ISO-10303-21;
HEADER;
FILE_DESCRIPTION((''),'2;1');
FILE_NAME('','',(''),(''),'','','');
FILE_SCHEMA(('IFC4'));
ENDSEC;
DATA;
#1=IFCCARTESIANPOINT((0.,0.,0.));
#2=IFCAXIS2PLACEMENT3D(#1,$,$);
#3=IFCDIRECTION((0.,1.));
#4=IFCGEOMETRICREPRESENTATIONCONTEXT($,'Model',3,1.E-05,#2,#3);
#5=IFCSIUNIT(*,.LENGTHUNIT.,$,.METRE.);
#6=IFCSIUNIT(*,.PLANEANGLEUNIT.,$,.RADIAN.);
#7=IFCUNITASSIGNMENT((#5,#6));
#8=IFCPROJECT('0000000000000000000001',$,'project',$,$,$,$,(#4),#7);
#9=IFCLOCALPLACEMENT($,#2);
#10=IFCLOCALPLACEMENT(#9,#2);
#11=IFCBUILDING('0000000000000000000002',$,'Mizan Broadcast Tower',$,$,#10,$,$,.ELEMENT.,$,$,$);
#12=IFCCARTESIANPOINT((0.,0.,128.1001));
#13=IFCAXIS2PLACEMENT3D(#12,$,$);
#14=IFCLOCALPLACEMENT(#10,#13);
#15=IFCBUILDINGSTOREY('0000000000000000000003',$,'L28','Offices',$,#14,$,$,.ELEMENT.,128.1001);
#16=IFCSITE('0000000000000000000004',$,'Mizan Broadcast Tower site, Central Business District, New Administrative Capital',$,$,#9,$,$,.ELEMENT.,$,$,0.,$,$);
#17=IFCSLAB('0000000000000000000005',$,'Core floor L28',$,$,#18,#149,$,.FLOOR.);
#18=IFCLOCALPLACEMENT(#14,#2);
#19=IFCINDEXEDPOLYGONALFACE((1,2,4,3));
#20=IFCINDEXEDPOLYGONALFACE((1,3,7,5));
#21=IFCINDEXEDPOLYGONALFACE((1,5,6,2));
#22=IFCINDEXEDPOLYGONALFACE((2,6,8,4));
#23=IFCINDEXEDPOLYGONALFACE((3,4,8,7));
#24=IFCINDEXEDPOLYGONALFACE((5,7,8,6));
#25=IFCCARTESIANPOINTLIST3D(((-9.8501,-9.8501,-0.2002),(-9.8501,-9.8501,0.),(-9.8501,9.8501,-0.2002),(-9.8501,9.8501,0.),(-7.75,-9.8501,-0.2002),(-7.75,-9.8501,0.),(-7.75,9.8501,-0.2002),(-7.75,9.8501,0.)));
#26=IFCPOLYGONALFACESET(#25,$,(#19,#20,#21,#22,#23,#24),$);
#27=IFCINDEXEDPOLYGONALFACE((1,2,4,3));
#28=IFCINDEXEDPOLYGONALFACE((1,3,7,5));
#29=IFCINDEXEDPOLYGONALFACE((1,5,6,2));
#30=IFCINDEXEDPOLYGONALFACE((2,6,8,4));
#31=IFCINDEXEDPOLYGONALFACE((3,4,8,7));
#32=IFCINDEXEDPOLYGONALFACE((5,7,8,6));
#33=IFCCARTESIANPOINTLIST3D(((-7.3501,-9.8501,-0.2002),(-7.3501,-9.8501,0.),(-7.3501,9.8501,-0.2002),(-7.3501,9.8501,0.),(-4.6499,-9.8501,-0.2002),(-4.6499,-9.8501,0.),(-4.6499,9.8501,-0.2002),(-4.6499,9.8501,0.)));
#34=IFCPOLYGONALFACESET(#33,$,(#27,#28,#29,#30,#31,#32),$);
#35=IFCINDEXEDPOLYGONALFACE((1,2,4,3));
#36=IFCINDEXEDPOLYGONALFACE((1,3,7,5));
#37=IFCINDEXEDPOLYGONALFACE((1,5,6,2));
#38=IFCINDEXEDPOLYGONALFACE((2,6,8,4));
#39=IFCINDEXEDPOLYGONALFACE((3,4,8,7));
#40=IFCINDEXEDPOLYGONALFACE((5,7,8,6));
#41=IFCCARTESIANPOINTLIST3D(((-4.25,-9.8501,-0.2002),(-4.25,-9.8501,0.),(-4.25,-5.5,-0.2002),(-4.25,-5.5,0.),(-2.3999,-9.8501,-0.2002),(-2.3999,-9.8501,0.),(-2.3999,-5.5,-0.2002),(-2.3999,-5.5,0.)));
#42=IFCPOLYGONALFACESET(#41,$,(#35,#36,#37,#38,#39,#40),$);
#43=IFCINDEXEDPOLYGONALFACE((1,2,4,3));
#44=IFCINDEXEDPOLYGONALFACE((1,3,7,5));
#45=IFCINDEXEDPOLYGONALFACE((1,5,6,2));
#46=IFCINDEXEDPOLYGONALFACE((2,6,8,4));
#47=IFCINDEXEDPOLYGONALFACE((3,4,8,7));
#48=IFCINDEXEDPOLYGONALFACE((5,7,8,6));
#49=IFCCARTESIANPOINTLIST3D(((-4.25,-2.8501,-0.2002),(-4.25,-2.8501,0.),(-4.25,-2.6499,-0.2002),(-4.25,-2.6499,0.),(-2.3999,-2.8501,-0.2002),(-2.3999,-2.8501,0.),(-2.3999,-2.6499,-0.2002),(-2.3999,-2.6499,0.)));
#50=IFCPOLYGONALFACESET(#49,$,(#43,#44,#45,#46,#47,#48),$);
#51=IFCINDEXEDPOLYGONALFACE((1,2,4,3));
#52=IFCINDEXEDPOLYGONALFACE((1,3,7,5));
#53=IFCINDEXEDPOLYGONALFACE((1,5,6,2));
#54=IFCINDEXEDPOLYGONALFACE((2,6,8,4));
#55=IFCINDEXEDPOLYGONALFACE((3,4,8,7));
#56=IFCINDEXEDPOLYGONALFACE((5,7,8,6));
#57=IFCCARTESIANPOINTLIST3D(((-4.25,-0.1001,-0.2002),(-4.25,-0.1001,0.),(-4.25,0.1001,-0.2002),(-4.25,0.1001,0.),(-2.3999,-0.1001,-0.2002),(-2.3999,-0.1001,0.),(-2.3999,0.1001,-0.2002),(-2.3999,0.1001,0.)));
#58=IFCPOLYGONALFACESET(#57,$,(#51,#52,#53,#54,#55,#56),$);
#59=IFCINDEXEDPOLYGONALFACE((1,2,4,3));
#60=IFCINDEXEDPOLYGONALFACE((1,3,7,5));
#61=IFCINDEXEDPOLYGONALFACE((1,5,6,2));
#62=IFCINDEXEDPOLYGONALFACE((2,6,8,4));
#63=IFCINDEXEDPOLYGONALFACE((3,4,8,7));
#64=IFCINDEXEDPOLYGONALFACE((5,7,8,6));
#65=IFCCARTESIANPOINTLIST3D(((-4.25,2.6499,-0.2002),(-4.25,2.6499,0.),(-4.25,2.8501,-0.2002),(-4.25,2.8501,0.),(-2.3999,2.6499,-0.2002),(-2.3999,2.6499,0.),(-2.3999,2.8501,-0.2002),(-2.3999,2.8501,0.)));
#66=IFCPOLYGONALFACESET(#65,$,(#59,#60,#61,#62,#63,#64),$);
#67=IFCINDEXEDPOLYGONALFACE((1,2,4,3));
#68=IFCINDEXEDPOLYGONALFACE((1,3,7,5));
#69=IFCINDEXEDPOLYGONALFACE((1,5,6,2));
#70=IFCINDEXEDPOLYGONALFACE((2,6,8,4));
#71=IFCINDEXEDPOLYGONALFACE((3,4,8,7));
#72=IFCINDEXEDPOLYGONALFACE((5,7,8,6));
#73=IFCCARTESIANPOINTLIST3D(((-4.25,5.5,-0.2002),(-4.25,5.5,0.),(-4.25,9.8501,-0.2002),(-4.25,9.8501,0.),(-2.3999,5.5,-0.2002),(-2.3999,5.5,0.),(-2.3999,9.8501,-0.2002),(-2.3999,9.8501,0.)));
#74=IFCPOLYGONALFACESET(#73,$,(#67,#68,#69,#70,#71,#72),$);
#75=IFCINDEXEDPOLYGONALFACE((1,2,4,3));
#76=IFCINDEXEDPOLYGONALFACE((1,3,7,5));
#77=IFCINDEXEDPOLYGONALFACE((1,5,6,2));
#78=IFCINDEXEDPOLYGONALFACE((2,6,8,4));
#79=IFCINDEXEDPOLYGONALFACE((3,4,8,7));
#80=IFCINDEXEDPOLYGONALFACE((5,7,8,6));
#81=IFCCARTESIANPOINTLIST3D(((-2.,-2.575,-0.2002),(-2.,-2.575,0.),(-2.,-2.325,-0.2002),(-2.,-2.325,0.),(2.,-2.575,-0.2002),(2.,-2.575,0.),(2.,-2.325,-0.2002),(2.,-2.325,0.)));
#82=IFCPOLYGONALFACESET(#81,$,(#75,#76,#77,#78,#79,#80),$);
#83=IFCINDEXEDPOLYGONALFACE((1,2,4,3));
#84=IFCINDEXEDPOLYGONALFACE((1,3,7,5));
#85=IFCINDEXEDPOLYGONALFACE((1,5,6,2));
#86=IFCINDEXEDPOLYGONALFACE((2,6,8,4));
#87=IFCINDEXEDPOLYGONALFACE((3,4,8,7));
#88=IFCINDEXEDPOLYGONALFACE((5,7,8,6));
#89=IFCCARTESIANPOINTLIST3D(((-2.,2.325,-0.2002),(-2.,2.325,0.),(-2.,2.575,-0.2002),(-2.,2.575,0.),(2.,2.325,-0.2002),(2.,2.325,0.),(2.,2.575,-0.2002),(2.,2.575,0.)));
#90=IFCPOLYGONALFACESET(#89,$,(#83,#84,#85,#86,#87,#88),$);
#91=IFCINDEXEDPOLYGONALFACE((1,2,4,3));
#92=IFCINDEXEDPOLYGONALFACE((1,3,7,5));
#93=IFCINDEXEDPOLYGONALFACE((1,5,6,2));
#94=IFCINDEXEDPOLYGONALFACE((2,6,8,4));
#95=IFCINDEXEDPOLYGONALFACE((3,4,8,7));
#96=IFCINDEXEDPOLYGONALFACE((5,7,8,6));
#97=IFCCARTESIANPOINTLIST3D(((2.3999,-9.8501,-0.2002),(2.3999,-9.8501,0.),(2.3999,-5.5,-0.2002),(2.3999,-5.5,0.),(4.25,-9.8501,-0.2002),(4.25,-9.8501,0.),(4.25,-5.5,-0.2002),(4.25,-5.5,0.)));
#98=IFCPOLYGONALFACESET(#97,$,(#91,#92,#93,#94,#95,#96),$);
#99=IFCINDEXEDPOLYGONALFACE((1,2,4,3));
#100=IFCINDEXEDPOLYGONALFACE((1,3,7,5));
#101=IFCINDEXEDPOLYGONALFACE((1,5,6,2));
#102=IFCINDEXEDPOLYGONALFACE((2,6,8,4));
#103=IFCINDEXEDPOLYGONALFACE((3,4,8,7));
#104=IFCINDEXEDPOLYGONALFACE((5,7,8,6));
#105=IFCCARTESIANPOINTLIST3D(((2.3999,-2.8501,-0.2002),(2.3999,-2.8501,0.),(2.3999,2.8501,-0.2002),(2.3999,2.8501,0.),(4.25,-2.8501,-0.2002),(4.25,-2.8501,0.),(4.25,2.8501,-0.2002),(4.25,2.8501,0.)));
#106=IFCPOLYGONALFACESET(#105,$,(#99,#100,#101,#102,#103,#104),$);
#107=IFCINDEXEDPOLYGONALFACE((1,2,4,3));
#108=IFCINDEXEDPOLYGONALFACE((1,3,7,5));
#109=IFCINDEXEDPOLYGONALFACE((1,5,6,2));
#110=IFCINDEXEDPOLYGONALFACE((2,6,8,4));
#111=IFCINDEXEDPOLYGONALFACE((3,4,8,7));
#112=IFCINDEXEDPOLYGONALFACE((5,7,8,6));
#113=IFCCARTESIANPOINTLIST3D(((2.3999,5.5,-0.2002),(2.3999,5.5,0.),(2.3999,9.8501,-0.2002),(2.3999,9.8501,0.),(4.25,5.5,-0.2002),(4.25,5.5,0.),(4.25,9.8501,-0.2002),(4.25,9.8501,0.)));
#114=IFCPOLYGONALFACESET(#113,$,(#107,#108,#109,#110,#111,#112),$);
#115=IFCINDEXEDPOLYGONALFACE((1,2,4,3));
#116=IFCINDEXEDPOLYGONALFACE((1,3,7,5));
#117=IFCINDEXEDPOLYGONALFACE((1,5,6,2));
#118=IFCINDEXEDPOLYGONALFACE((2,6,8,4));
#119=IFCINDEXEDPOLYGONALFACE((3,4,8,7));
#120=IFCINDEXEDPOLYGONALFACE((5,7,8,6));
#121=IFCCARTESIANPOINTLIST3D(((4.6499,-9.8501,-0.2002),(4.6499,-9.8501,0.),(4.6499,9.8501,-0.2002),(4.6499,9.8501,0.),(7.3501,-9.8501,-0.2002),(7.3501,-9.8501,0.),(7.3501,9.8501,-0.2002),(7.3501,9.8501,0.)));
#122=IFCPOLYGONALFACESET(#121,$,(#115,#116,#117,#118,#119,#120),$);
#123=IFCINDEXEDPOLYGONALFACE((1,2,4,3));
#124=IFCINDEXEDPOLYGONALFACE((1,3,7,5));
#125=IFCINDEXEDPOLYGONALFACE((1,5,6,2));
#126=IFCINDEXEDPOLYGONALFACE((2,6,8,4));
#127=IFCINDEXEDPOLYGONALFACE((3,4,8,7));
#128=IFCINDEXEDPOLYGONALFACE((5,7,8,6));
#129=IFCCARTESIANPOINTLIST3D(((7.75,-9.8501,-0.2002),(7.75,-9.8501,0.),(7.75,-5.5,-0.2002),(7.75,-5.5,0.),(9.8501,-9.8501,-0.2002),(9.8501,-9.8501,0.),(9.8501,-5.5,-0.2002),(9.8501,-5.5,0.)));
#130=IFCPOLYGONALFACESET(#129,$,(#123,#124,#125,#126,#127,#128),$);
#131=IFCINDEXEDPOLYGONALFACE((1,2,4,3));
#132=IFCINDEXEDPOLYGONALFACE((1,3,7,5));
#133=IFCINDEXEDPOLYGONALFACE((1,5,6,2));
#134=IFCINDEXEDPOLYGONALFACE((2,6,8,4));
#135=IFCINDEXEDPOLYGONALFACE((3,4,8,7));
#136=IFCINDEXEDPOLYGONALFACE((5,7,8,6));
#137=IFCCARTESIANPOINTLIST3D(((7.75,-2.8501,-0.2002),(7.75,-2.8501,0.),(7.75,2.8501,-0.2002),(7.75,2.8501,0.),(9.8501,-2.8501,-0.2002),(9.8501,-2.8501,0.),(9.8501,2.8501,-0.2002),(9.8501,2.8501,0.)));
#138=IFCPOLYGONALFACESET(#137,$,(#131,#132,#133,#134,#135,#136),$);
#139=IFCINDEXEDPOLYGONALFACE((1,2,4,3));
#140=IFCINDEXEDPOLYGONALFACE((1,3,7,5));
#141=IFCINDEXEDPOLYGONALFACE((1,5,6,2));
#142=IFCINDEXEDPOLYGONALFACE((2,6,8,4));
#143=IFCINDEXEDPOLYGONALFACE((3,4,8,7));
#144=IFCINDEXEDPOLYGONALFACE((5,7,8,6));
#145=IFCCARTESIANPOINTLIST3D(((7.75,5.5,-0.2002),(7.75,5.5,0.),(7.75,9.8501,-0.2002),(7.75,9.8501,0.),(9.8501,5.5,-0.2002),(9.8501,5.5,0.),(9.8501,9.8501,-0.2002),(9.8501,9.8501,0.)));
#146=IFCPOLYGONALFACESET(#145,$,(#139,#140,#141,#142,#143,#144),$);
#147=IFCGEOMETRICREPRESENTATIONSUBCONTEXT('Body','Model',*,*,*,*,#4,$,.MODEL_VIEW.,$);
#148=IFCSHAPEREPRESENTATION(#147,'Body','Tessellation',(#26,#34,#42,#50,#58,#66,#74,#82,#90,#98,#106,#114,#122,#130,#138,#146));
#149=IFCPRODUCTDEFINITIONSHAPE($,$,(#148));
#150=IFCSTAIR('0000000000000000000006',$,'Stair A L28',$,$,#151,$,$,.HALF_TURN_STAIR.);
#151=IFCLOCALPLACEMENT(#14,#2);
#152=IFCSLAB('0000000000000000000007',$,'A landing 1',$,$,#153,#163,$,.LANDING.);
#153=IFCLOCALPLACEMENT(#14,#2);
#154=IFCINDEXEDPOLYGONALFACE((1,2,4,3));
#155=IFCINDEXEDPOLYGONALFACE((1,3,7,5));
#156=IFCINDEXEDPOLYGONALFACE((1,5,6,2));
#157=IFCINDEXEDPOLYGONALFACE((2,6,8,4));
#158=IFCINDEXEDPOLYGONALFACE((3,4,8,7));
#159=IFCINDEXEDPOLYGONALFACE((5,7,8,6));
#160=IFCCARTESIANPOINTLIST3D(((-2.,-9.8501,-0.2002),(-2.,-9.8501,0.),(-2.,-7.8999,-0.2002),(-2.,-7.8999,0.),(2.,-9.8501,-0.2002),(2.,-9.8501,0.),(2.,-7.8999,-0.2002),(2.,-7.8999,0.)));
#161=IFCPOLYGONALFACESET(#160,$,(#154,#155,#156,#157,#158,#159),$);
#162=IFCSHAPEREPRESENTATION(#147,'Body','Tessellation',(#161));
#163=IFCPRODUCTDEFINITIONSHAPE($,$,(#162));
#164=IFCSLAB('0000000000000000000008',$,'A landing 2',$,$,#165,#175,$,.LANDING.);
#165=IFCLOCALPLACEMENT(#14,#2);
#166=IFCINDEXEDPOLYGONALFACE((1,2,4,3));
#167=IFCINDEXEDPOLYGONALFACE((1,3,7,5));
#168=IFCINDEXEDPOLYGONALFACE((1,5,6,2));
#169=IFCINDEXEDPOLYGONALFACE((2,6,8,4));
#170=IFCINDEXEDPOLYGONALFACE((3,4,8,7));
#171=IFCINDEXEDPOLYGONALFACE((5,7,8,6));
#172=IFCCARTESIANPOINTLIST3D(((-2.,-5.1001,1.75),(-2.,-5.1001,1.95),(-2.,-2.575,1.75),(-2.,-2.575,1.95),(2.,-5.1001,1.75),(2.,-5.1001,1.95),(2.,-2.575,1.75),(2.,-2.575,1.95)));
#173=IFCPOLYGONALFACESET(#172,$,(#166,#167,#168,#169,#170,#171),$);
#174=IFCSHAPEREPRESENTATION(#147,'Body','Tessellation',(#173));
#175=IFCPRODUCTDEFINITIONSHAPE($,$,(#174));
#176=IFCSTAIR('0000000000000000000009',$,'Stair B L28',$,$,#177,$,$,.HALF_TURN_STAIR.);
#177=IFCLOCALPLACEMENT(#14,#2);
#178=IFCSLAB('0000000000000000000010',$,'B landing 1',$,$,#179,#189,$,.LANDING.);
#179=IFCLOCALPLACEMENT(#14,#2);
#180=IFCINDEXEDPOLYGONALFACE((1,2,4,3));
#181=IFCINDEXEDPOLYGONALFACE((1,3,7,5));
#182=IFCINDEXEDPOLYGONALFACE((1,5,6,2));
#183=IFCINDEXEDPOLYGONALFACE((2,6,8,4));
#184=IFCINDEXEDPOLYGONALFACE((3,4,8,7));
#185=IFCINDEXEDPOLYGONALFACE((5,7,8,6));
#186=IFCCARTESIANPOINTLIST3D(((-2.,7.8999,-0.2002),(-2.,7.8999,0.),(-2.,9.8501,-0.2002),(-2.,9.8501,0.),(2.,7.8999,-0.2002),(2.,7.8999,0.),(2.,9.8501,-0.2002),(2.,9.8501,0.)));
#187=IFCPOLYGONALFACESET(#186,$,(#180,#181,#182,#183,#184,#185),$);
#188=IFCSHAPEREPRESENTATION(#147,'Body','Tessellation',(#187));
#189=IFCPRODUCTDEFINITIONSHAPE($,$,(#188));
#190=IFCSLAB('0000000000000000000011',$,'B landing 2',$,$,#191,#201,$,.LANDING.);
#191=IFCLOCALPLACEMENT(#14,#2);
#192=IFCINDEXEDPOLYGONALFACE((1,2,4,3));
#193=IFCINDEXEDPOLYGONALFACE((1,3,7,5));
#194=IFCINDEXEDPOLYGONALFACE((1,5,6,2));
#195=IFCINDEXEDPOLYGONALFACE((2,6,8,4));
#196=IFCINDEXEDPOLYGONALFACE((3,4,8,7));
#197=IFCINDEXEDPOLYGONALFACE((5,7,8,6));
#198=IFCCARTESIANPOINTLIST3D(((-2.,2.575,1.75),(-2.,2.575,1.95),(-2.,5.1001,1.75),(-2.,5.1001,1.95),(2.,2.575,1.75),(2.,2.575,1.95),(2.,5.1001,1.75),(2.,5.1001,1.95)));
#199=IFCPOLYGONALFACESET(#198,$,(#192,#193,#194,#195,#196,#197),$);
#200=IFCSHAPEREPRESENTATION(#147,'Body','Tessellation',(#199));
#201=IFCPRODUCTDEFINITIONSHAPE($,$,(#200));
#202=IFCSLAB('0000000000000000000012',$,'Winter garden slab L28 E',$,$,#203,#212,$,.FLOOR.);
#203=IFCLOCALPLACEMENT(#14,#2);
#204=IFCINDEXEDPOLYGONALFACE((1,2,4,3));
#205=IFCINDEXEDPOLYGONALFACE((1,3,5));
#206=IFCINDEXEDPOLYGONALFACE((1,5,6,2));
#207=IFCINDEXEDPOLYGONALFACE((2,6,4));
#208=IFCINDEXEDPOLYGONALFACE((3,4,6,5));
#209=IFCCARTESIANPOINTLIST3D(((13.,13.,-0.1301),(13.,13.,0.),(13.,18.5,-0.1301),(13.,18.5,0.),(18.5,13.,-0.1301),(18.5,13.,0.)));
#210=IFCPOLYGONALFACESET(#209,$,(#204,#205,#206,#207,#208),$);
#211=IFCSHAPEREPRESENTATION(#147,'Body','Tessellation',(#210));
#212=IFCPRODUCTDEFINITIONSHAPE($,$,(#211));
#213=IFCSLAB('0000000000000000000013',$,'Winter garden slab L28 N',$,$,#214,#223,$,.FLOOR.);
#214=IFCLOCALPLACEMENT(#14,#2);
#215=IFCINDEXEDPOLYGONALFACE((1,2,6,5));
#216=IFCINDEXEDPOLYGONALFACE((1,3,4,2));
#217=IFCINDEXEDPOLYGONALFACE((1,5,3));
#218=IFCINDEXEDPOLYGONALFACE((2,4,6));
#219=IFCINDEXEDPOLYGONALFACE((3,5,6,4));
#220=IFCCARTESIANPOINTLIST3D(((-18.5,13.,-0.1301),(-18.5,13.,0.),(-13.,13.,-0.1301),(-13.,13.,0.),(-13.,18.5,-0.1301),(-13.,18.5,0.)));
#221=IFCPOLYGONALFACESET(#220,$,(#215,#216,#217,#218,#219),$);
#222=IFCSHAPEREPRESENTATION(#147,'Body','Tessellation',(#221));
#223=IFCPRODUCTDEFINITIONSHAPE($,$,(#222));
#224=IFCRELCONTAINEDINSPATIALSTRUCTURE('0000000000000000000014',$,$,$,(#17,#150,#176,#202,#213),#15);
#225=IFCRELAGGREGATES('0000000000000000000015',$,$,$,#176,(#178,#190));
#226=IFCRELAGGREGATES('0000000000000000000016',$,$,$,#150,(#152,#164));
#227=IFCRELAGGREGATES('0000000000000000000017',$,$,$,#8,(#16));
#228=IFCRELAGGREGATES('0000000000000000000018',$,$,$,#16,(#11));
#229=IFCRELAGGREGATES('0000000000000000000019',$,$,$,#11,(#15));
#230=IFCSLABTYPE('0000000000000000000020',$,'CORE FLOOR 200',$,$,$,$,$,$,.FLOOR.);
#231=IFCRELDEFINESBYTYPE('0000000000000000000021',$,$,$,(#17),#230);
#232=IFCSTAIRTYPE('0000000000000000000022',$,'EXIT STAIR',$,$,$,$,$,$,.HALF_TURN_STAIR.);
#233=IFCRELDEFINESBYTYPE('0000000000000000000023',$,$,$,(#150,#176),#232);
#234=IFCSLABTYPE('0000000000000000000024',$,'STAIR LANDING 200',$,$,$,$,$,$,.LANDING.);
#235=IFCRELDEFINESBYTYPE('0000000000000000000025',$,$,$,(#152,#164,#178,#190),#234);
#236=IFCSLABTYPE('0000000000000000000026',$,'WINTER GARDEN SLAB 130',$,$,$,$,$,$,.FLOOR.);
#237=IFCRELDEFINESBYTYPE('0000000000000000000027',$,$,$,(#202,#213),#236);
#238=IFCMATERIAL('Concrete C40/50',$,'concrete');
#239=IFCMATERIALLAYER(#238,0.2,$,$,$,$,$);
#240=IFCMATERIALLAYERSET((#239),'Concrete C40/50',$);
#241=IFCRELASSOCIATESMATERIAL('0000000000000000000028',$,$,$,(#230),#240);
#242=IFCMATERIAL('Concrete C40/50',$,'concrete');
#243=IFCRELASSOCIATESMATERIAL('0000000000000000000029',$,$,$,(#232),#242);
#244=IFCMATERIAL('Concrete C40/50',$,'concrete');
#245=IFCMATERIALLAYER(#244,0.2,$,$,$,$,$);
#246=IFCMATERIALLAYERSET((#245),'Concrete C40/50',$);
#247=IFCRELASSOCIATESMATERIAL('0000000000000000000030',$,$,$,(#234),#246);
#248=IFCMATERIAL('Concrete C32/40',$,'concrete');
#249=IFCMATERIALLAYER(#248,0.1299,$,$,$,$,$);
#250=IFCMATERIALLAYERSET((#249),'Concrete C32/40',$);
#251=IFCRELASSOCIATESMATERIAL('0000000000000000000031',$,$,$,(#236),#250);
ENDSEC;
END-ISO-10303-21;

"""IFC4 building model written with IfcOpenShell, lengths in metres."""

from ifc_helpers import new_model, si_unit, direction, frame, origin, place, context, subcontext, project, spatial, polyline, outline, extrude, material, layer, layer_set, type_object, element, aggregate, save


model = new_model("IFC4")

# Units and contexts
model_context = context("Model", 3, precision=1e-05, world=origin(), true_north=direction((0.0, 1.0)))
body_context = subcontext(model_context, "Body", "Model", "MODEL_VIEW")
ifc_project = project(units=[si_unit("LENGTHUNIT", "METRE"), si_unit("PLANEANGLEUNIT", "RADIAN")], contexts=[model_context])

# Site, building, storey
site_placement = place(None, origin())
site = spatial("IfcSite", under=ifc_project, at=site_placement, Name="Mizan Broadcast Tower site, Central Business District, New Administrative Capital", CompositionType="ELEMENT", RefElevation=0.0)
building_placement = place(site_placement, origin())
building = spatial("IfcBuilding", under=site, at=building_placement, Name="Mizan Broadcast Tower", CompositionType="ELEMENT")
storey_placement = place(building_placement, frame((0.0, 0.0, 128.1001)))
storey = spatial("IfcBuildingStorey", under=building, at=storey_placement, Name="L28", Description="Offices", CompositionType="ELEMENT", Elevation=128.1001)

# Slab
ifc_material_1 = material(Name="Concrete C40/50", Category="concrete")
ifc_layer_1 = layer(ifc_material_1, 0.2)
ifc_layer_set_1 = layer_set([ifc_layer_1], Name="Concrete C40/50")
slab_type_1 = type_object("IfcSlabType", Name="CORE FLOOR 200", PredefinedType="FLOOR", material=ifc_layer_set_1)
slab_1_placement = place(storey_placement, frame((0.0, 0.0, -0.2002)))
element("IfcSlab", 1, at=slab_1_placement, inside=storey, type_object=slab_type_1, Name="Core floor L28", PredefinedType="FLOOR", context=body_context, shape_type="SweptSolid", body=[
    extrude(outline(polyline([(-9.8501, -9.8501), (-7.75, -9.8501), (-7.75, 9.8501), (-9.8501, 9.8501), (-9.8501, -9.8501)])), origin(), (0.0, 0.0, 1.0), 0.2002),
    extrude(outline(polyline([(-4.6499, 9.8501), (-7.3501, 9.8501), (-7.3501, -9.8501), (-4.6499, -9.8501), (-4.6499, 9.8501)])), origin(), (0.0, 0.0, 1.0), 0.2002),
    extrude(outline(polyline([(-4.25, -5.5), (-4.25, -9.8501), (-2.3999, -9.8501), (-2.3999, -5.5), (-4.25, -5.5)])), origin(), (0.0, 0.0, 1.0), 0.2002),
    extrude(outline(polyline([(-4.25, -2.8501), (-2.3999, -2.8501), (-2.3999, -2.6499), (-4.25, -2.6499), (-4.25, -2.8501)])), origin(), (0.0, 0.0, 1.0), 0.2002),
    extrude(outline(polyline([(-4.25, -0.1001), (-2.3999, -0.1001), (-2.3999, 0.1001), (-4.25, 0.1001), (-4.25, -0.1001)])), origin(), (0.0, 0.0, 1.0), 0.2002),
    extrude(outline(polyline([(-4.25, 2.6499), (-2.3999, 2.6499), (-2.3999, 2.8501), (-4.25, 2.8501), (-4.25, 2.6499)])), origin(), (0.0, 0.0, 1.0), 0.2002),
    extrude(outline(polyline([(-4.25, 5.5), (-2.3999, 5.5), (-2.3999, 9.8501), (-4.25, 9.8501), (-4.25, 5.5)])), origin(), (0.0, 0.0, 1.0), 0.2002),
    extrude(outline(polyline([(2.0, -2.325), (-2.0, -2.325), (-2.0, -2.575), (2.0, -2.575), (2.0, -2.325)])), origin(), (0.0, 0.0, 1.0), 0.2002),
    extrude(outline(polyline([(2.0, 2.575), (-2.0, 2.575), (-2.0, 2.325), (2.0, 2.325), (2.0, 2.575)])), origin(), (0.0, 0.0, 1.0), 0.2002),
    extrude(outline(polyline([(4.25, -9.8501), (4.25, -5.5), (2.3999, -5.5), (2.3999, -9.8501), (4.25, -9.8501)])), origin(), (0.0, 0.0, 1.0), 0.2002),
    extrude(outline(polyline([(4.25, -2.8501), (4.25, 2.8501), (2.3999, 2.8501), (2.3999, -2.8501), (4.25, -2.8501)])), origin(), (0.0, 0.0, 1.0), 0.2002),
    extrude(outline(polyline([(4.25, 5.5), (4.25, 9.8501), (2.3999, 9.8501), (2.3999, 5.5), (4.25, 5.5)])), origin(), (0.0, 0.0, 1.0), 0.2002),
    extrude(outline(polyline([(4.6499, 9.8501), (4.6499, -9.8501), (7.3501, -9.8501), (7.3501, 9.8501), (4.6499, 9.8501)])), origin(), (0.0, 0.0, 1.0), 0.2002),
    extrude(outline(polyline([(9.8501, -9.8501), (9.8501, -5.5), (7.75, -5.5), (7.75, -9.8501), (9.8501, -9.8501)])), origin(), (0.0, 0.0, 1.0), 0.2002),
    extrude(outline(polyline([(7.75, -2.8501), (9.8501, -2.8501), (9.8501, 2.8501), (7.75, 2.8501), (7.75, -2.8501)])), origin(), (0.0, 0.0, 1.0), 0.2002),
    extrude(outline(polyline([(9.8501, 5.5), (9.8501, 9.8501), (7.75, 9.8501), (7.75, 5.5), (9.8501, 5.5)])), origin(), (0.0, 0.0, 1.0), 0.2002),
])

# Stairs, slabs
ifc_material_2 = material(Name="Concrete C40/50", Category="concrete")
stair_type = type_object("IfcStairType", Name="EXIT STAIR", PredefinedType="HALF_TURN_STAIR", material=ifc_material_2)
stair_1_placement = place(storey_placement, origin())
stair_1 = element("IfcStair", 2, at=stair_1_placement, inside=storey, type_object=stair_type, Name="Stair A L28", PredefinedType="HALF_TURN_STAIR")
ifc_material_3 = material(Name="Concrete C40/50", Category="concrete")
ifc_layer_2 = layer(ifc_material_3, 0.2)
ifc_layer_set_2 = layer_set([ifc_layer_2], Name="Concrete C40/50")
slab_type_2 = type_object("IfcSlabType", Name="STAIR LANDING 200", PredefinedType="LANDING", material=ifc_layer_set_2)
slab_2_placement = place(storey_placement, frame((0.0, 0.0, -0.2002)))
slab_2 = element("IfcSlab", 3, at=slab_2_placement, type_object=slab_type_2, Name="A landing 1", PredefinedType="LANDING", context=body_context, shape_type="SweptSolid", body=[
    extrude(outline(polyline([(-2.0, -9.8501), (-2.0, -7.8999), (2.0, -7.8999), (2.0, -9.8501), (-2.0, -9.8501)])), origin(), (0.0, 0.0, 1.0), 0.2002),
])
slab_3_placement = place(storey_placement, frame((0.0, 0.0, 1.75)))
slab_3 = element("IfcSlab", 4, at=slab_3_placement, type_object=slab_type_2, Name="A landing 2", PredefinedType="LANDING", context=body_context, shape_type="SweptSolid", body=[
    extrude(outline(polyline([(-2.0, -5.1001), (-2.0, -2.575), (2.0, -2.575), (2.0, -5.1001), (-2.0, -5.1001)])), origin(), (0.0, 0.0, 1.0), 0.2),
])
stair_2_placement = place(storey_placement, origin())
stair_2 = element("IfcStair", 5, at=stair_2_placement, inside=storey, type_object=stair_type, Name="Stair B L28", PredefinedType="HALF_TURN_STAIR")
slab_4_placement = place(storey_placement, frame((0.0, 0.0, -0.2002)))
slab_4 = element("IfcSlab", 6, at=slab_4_placement, type_object=slab_type_2, Name="B landing 1", PredefinedType="LANDING", context=body_context, shape_type="SweptSolid", body=[
    extrude(outline(polyline([(2.0, 9.8501), (2.0, 7.8999), (-2.0, 7.8999), (-2.0, 9.8501), (2.0, 9.8501)])), origin(), (0.0, 0.0, 1.0), 0.2002),
])
slab_5_placement = place(storey_placement, frame((0.0, 0.0, 1.75)))
slab_5 = element("IfcSlab", 7, at=slab_5_placement, type_object=slab_type_2, Name="B landing 2", PredefinedType="LANDING", context=body_context, shape_type="SweptSolid", body=[
    extrude(outline(polyline([(2.0, 5.1001), (2.0, 2.575), (-2.0, 2.575), (-2.0, 5.1001), (2.0, 5.1001)])), origin(), (0.0, 0.0, 1.0), 0.2),
])
aggregate(stair_2, [slab_4, slab_5])

# Slabs
ifc_material_4 = material(Name="Concrete C32/40", Category="concrete")
ifc_layer_3 = layer(ifc_material_4, 0.1299)
ifc_layer_set_3 = layer_set([ifc_layer_3], Name="Concrete C32/40")
slab_type_3 = type_object("IfcSlabType", Name="WINTER GARDEN SLAB 130", PredefinedType="FLOOR", material=ifc_layer_set_3)
slab_6_placement = place(storey_placement, frame((0.0, 0.0, -0.1301)))
element("IfcSlab", 8, at=slab_6_placement, inside=storey, type_object=slab_type_3, Name="Winter garden slab L28 E", PredefinedType="FLOOR", context=body_context, shape_type="SweptSolid", body=[
    extrude(outline(polyline([(13.0, 13.0), (18.5, 13.0), (13.0, 18.5), (13.0, 13.0)])), origin(), (0.0, 0.0, 1.0), 0.1301),
])
slab_7_placement = place(storey_placement, frame((0.0, 0.0, -0.1301)))
element("IfcSlab", 9, at=slab_7_placement, inside=storey, type_object=slab_type_3, Name="Winter garden slab L28 N", PredefinedType="FLOOR", context=body_context, shape_type="SweptSolid", body=[
    extrude(outline(polyline([(-13.0, 13.0), (-13.0, 18.5), (-18.5, 13.0), (-13.0, 13.0)])), origin(), (0.0, 0.0, 1.0), 0.1301),
])

aggregate(stair_1, [slab_2, slab_3])

save(model, "model.ifc")
